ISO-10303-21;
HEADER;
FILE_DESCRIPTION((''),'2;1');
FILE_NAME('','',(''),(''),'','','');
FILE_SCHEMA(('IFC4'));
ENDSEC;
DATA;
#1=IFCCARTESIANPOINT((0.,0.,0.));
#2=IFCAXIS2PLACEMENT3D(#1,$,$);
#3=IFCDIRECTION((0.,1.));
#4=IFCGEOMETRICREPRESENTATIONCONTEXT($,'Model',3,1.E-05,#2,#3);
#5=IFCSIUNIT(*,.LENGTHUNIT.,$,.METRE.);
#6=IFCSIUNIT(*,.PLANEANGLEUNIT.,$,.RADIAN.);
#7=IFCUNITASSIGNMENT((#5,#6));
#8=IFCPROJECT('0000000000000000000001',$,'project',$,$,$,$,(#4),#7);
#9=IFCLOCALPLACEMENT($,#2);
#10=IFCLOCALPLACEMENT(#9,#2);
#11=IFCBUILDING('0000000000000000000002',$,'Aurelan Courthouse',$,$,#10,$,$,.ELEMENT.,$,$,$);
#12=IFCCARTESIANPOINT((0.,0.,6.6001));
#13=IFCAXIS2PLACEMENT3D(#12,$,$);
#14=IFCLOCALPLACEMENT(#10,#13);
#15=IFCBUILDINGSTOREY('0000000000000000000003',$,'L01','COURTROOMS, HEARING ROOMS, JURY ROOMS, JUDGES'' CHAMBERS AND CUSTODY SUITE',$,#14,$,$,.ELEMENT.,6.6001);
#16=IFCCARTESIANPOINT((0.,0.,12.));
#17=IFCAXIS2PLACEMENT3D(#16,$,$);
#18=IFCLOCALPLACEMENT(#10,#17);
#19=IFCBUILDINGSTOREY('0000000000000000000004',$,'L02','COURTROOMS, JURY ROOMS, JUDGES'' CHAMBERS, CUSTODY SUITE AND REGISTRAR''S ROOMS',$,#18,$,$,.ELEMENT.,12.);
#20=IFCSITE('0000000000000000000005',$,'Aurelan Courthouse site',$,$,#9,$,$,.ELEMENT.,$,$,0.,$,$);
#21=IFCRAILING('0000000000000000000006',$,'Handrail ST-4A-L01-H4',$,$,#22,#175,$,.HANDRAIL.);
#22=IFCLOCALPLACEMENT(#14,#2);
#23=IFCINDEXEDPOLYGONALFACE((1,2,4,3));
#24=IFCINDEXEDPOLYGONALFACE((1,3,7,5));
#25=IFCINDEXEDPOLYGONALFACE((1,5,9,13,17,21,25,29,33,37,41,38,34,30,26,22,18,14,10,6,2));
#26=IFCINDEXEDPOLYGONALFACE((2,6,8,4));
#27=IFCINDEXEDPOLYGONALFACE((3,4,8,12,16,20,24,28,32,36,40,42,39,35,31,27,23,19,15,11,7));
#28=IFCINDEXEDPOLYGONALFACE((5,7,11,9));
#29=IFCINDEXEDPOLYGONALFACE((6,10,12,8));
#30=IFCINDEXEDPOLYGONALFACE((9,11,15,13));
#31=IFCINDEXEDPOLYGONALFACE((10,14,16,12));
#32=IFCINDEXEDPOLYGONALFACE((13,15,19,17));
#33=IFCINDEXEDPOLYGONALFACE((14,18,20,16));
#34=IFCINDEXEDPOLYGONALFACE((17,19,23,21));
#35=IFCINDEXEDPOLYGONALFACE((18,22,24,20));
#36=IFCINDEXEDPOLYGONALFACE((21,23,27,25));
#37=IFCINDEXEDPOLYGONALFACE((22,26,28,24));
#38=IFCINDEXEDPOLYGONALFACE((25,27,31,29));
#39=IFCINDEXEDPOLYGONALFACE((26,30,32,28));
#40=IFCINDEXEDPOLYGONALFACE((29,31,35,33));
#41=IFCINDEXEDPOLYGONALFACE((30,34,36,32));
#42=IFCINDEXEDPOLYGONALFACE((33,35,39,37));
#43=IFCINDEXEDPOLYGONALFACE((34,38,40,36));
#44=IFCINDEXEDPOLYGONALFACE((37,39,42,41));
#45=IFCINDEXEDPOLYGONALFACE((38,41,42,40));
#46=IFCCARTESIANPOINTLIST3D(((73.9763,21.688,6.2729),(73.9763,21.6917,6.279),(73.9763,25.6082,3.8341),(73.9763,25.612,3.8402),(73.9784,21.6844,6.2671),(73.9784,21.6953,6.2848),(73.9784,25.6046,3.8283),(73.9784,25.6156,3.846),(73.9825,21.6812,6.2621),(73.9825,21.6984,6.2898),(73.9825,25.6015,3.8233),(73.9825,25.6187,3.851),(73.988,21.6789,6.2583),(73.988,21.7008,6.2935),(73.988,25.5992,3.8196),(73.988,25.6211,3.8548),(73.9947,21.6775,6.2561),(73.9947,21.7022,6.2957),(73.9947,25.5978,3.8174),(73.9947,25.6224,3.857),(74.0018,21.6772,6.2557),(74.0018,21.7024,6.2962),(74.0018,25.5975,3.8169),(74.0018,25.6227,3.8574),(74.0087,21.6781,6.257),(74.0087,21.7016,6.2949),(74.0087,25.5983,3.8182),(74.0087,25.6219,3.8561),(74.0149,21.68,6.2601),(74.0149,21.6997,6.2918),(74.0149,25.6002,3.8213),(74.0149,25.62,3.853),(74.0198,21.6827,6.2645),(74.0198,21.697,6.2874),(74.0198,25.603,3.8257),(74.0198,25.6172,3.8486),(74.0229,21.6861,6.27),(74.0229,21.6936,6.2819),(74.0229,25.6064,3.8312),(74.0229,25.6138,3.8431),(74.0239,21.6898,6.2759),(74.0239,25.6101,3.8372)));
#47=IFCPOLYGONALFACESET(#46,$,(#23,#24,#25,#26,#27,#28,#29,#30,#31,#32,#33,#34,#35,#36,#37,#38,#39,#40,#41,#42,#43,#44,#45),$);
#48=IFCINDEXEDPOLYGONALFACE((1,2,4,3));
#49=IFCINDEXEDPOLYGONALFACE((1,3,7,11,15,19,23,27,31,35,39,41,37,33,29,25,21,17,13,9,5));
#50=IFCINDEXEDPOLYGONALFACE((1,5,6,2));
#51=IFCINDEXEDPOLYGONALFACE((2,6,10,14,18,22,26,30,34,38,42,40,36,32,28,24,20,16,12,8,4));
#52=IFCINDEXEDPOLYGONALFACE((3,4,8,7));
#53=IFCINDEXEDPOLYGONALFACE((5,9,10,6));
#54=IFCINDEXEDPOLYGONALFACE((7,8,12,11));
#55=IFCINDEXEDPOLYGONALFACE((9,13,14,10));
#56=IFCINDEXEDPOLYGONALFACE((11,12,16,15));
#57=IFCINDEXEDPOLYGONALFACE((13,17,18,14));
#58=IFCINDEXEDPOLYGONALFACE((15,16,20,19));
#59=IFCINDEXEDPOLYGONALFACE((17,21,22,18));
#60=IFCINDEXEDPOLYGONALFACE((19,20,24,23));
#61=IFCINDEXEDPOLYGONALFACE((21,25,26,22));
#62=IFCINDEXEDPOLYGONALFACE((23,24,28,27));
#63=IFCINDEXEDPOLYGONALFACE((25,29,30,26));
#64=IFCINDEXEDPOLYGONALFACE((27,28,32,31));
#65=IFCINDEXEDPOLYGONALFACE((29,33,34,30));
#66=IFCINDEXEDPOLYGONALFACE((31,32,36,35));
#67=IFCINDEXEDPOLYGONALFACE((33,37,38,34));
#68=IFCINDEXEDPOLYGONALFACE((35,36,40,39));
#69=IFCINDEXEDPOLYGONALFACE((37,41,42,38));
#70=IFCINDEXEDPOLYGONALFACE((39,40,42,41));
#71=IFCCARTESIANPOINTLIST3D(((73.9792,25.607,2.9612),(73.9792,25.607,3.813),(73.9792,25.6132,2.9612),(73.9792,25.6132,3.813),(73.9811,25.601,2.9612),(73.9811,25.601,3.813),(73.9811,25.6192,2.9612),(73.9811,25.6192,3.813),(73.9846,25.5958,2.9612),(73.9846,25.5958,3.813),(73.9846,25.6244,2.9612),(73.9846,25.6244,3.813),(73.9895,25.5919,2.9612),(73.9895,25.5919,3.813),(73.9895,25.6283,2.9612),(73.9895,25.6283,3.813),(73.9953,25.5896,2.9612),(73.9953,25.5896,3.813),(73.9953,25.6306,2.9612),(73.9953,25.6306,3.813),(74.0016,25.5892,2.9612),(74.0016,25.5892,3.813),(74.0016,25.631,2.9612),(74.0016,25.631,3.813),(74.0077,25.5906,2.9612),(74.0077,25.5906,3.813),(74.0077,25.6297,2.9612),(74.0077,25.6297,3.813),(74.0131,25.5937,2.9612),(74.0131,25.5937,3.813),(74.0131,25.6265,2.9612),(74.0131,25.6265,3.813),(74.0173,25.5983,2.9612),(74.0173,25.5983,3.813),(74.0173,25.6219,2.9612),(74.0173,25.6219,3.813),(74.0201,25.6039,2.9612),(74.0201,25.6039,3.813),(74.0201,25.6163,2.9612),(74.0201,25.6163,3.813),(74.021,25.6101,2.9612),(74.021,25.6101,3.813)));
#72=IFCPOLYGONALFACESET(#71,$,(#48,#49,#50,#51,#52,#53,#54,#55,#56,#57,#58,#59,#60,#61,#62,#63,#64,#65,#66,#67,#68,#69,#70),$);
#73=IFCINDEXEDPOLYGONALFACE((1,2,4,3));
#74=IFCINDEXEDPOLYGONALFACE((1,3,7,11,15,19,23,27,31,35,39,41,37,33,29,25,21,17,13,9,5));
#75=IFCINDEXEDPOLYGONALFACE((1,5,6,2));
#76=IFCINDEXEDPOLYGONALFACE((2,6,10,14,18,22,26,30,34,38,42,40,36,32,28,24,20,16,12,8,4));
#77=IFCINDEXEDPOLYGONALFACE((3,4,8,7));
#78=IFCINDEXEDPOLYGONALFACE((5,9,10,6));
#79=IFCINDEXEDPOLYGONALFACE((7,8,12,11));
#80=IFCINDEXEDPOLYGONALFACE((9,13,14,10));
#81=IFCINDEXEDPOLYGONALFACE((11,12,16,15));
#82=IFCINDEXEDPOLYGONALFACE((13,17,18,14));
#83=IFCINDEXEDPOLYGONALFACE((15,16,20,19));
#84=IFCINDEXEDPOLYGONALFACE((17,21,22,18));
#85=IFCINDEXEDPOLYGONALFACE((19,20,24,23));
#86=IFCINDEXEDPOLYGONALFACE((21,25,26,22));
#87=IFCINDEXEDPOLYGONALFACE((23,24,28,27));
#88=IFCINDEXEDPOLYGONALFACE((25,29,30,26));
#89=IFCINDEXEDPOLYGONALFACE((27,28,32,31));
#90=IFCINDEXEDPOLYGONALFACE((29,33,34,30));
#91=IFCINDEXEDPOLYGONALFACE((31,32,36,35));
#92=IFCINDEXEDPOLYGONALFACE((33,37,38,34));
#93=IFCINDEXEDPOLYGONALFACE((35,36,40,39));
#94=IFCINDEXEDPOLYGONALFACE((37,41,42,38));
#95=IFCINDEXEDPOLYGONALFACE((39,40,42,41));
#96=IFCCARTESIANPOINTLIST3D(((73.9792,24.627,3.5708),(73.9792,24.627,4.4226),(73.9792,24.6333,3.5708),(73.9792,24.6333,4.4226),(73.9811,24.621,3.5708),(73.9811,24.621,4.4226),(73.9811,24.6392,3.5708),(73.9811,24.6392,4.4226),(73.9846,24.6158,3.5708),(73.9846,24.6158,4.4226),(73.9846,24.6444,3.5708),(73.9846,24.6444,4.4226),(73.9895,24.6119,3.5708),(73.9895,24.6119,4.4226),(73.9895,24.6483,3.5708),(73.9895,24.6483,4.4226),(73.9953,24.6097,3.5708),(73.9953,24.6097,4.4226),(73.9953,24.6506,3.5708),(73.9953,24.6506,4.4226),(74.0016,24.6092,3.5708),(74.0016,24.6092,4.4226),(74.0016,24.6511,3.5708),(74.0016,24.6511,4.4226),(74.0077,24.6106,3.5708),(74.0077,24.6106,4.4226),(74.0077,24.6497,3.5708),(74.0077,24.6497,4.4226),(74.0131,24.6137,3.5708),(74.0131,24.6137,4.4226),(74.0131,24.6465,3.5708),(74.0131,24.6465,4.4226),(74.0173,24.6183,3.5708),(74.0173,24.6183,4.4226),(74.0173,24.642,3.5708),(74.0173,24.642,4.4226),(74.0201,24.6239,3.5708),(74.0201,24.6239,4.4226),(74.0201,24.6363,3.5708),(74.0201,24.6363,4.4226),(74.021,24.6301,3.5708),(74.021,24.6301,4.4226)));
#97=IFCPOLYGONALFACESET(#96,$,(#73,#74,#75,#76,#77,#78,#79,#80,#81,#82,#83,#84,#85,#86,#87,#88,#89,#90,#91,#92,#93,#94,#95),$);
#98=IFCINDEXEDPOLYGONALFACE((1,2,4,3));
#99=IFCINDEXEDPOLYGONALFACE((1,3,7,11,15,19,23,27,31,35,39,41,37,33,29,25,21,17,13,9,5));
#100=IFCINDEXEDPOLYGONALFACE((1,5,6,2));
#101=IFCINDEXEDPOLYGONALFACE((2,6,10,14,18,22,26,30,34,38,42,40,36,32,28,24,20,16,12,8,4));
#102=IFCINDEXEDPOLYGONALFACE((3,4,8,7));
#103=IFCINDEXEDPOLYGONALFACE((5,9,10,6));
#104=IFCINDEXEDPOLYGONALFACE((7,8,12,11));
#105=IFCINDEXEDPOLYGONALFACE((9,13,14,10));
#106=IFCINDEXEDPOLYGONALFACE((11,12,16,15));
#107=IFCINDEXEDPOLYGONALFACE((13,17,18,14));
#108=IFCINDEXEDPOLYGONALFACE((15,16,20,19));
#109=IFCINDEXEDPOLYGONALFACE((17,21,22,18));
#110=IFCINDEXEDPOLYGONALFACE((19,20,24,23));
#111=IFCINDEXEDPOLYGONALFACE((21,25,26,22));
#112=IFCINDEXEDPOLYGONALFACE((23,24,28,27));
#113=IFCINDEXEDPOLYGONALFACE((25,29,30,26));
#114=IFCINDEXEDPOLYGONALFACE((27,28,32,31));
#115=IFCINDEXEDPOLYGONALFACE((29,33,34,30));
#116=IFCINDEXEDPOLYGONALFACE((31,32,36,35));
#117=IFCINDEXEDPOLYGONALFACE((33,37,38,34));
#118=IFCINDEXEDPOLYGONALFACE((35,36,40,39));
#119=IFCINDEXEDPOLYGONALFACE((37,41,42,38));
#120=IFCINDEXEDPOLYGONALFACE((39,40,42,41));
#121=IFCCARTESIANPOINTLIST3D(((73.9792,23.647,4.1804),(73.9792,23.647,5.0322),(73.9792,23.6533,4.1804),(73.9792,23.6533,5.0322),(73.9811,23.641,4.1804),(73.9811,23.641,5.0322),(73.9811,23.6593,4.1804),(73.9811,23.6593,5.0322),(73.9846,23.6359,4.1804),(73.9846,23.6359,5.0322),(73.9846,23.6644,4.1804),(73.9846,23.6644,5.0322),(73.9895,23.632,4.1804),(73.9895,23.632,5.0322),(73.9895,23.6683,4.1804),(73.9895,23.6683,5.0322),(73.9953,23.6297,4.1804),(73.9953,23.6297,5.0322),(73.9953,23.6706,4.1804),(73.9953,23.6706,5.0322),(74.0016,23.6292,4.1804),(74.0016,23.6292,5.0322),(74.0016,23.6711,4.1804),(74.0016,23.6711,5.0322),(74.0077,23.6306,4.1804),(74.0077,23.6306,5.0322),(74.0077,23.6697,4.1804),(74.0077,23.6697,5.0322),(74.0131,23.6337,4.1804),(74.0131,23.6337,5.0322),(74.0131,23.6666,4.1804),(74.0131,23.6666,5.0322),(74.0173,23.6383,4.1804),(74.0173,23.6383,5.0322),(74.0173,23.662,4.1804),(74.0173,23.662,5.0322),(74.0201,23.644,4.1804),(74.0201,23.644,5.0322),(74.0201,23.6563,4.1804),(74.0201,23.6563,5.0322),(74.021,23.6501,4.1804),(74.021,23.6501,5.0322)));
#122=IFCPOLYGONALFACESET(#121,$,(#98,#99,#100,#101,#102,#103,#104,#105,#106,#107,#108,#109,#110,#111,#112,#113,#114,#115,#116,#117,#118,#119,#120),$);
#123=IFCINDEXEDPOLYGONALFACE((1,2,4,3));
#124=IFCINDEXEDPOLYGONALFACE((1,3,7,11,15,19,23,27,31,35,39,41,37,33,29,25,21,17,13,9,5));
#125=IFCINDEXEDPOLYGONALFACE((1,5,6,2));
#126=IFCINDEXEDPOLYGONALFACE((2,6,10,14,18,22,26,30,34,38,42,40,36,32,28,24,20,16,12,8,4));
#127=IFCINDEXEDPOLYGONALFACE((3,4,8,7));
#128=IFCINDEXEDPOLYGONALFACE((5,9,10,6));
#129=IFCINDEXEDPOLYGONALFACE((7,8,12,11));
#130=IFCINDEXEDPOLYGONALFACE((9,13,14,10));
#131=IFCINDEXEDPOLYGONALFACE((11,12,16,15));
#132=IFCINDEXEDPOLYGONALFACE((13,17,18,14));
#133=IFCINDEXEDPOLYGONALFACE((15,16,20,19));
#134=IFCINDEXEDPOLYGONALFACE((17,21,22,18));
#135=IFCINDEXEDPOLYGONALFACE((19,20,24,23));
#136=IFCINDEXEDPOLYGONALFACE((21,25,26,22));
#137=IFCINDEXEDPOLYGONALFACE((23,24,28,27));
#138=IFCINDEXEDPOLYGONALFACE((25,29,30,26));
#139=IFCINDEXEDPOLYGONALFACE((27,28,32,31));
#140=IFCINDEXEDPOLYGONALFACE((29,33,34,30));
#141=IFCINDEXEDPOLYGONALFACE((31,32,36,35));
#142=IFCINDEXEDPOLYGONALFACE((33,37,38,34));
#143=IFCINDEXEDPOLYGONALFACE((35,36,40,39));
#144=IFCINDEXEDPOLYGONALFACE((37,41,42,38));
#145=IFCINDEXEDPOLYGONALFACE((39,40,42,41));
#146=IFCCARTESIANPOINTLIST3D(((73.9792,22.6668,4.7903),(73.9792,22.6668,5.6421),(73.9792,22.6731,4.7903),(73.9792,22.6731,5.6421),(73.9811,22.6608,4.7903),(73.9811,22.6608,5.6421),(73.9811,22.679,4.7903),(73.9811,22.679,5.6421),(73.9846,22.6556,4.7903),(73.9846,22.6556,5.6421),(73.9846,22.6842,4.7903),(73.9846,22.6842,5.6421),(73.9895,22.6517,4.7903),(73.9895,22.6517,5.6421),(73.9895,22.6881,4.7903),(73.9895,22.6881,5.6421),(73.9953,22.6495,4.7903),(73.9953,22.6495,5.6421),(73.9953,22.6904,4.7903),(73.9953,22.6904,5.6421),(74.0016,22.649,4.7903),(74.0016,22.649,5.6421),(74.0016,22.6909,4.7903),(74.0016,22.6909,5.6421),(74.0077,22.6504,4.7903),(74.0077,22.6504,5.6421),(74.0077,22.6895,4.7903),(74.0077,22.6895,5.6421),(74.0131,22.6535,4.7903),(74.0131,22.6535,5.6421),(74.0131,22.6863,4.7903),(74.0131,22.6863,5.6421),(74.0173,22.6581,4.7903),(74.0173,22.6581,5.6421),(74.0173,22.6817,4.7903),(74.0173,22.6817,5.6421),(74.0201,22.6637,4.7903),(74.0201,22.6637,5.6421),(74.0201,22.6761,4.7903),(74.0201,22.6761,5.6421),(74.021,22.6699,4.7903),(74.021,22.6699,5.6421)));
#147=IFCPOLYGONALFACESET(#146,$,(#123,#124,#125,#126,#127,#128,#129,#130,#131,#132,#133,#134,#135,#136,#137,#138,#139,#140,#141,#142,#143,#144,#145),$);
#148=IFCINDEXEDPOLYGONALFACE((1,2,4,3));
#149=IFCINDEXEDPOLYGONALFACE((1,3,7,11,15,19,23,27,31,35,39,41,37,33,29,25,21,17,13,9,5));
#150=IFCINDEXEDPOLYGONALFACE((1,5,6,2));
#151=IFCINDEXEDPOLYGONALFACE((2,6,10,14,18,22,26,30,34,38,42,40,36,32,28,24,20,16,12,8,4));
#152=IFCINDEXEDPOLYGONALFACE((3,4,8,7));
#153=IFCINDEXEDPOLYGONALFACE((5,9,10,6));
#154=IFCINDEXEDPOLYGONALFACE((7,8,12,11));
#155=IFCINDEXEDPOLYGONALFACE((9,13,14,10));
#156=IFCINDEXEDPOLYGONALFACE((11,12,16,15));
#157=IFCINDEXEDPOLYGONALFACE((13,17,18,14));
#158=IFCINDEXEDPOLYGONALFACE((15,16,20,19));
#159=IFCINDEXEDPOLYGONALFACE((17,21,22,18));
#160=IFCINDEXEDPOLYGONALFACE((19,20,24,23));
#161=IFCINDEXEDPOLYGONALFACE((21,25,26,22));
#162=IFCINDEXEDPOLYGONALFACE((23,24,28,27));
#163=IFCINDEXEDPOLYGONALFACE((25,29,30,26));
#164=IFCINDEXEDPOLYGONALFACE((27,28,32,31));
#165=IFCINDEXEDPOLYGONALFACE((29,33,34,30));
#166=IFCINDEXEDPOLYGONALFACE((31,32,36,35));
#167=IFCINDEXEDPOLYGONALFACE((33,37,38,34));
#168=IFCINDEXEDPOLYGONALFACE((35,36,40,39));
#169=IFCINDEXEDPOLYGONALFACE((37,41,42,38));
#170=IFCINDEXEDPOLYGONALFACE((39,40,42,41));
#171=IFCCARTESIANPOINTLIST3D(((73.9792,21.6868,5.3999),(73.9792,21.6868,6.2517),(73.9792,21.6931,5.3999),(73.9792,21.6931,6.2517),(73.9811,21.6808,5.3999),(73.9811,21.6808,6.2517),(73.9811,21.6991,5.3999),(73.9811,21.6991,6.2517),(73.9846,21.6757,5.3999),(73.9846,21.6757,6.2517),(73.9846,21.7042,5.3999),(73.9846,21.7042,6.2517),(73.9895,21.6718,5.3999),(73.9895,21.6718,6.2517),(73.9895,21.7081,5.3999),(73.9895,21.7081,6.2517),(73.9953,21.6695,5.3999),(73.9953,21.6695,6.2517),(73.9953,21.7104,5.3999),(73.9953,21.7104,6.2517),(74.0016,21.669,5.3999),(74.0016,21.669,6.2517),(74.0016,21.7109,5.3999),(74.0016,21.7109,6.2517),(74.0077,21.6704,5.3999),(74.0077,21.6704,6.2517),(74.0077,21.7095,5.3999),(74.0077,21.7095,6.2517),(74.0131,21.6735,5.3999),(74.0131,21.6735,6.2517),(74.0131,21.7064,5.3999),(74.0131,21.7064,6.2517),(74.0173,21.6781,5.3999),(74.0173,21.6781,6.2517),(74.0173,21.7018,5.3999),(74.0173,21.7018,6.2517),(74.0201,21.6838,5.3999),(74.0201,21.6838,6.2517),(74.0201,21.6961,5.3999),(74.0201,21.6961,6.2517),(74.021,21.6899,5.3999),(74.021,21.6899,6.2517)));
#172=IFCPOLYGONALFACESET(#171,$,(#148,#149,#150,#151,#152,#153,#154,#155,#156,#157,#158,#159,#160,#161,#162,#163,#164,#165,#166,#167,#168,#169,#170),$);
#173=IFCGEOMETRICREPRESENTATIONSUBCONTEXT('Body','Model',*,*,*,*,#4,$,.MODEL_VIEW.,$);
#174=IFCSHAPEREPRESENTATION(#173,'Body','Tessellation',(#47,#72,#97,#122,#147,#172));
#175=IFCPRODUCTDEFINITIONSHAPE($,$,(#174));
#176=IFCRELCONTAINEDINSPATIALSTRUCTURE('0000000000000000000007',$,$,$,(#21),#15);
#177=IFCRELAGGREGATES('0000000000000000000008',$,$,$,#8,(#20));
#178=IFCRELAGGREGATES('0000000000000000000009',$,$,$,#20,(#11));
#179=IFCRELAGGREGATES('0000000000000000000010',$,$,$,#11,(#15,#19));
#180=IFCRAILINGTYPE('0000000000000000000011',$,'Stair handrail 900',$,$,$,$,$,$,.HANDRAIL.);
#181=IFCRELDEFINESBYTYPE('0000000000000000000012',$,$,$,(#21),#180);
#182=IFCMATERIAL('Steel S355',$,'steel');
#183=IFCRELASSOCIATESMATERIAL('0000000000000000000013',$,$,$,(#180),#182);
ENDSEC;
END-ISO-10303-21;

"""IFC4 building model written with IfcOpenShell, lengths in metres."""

from ifc_helpers import new_model, si_unit, direction, frame, origin, origin_2d, place, context, subcontext, project, spatial, circle, extrude, material, type_object, element, save


model = new_model("IFC4")

# Units and contexts
model_context = context("Model", 3, precision=1e-05, world=origin(), true_north=direction((0.0, 1.0)))
body_context = subcontext(model_context, "Body", "Model", "MODEL_VIEW")
ifc_project = project(units=[si_unit("LENGTHUNIT", "METRE"), si_unit("PLANEANGLEUNIT", "RADIAN")], contexts=[model_context])

# Site, building, storey
site_placement = place(None, origin())
site = spatial("IfcSite", under=ifc_project, at=site_placement, Name="Aurelan Courthouse site", CompositionType="ELEMENT", RefElevation=0.0)
building_placement = place(site_placement, origin())
building = spatial("IfcBuilding", under=site, at=building_placement, Name="Aurelan Courthouse", CompositionType="ELEMENT")
storey_1_placement = place(building_placement, frame((0.0, 0.0, 6.6001)))
storey_1 = spatial("IfcBuildingStorey", under=building, at=storey_1_placement, Name="L01", Description="COURTROOMS, HEARING ROOMS, JURY ROOMS, JUDGES' CHAMBERS AND CUSTODY SUITE", CompositionType="ELEMENT", Elevation=6.6001)

# Shared definitions
storey_2_placement = place(building_placement, frame((0.0, 0.0, 12.0)))
storey_2 = spatial("IfcBuildingStorey", under=building, at=storey_2_placement, Name="L02", Description="COURTROOMS, JURY ROOMS, JUDGES' CHAMBERS, CUSTODY SUITE AND REGISTRAR'S ROOMS", CompositionType="ELEMENT", Elevation=12.0)

# Railing
ifc_material_1 = material(Name="Steel S355", Category="steel")
railing_type_1 = type_object("IfcRailingType", Name="Stair handrail 900", PredefinedType="HANDRAIL", material=ifc_material_1)
for number, where, name in (
    (1, (74.0, 25.6101, 2.9612), "Handrail ST-4A-L01-H4"),
):
    element("IfcRailing", number, at=place(storey_1_placement, frame(where)), inside=storey_1, type_object=railing_type_1, Name=name, PredefinedType="HANDRAIL", context=body_context, shape_type="SweptSolid", body=[
        extrude(circle(Radius=0.0239, at=origin_2d()), frame((0.0, 0.0, 0.876), z_axis=(0.0, -0.849105, 0.528225), x_axis=(1.0, 0.0, 0.0)), (0.0, 0.0, 1.0), 4.6169),
        extrude(circle(Radius=0.021, at=origin_2d()), origin(), (0.0, 0.0, 1.0), 0.8518),
        extrude(circle(Radius=0.021, at=origin_2d()), frame((0.0, -0.98, 0.6096)), (0.0, 0.0, 1.0), 0.8518),
        extrude(circle(Radius=0.021, at=origin_2d()), frame((0.0, -1.96, 1.2192)), (0.0, 0.0, 1.0), 0.8518),
        extrude(circle(Radius=0.021, at=origin_2d()), frame((0.0, -2.9402, 1.8291)), (0.0, 0.0, 1.0), 0.8518),
        extrude(circle(Radius=0.021, at=origin_2d()), frame((0.0, -3.9202, 2.4387)), (0.0, 0.0, 1.0), 0.8518),
    ])

save(model, "model.ifc")
